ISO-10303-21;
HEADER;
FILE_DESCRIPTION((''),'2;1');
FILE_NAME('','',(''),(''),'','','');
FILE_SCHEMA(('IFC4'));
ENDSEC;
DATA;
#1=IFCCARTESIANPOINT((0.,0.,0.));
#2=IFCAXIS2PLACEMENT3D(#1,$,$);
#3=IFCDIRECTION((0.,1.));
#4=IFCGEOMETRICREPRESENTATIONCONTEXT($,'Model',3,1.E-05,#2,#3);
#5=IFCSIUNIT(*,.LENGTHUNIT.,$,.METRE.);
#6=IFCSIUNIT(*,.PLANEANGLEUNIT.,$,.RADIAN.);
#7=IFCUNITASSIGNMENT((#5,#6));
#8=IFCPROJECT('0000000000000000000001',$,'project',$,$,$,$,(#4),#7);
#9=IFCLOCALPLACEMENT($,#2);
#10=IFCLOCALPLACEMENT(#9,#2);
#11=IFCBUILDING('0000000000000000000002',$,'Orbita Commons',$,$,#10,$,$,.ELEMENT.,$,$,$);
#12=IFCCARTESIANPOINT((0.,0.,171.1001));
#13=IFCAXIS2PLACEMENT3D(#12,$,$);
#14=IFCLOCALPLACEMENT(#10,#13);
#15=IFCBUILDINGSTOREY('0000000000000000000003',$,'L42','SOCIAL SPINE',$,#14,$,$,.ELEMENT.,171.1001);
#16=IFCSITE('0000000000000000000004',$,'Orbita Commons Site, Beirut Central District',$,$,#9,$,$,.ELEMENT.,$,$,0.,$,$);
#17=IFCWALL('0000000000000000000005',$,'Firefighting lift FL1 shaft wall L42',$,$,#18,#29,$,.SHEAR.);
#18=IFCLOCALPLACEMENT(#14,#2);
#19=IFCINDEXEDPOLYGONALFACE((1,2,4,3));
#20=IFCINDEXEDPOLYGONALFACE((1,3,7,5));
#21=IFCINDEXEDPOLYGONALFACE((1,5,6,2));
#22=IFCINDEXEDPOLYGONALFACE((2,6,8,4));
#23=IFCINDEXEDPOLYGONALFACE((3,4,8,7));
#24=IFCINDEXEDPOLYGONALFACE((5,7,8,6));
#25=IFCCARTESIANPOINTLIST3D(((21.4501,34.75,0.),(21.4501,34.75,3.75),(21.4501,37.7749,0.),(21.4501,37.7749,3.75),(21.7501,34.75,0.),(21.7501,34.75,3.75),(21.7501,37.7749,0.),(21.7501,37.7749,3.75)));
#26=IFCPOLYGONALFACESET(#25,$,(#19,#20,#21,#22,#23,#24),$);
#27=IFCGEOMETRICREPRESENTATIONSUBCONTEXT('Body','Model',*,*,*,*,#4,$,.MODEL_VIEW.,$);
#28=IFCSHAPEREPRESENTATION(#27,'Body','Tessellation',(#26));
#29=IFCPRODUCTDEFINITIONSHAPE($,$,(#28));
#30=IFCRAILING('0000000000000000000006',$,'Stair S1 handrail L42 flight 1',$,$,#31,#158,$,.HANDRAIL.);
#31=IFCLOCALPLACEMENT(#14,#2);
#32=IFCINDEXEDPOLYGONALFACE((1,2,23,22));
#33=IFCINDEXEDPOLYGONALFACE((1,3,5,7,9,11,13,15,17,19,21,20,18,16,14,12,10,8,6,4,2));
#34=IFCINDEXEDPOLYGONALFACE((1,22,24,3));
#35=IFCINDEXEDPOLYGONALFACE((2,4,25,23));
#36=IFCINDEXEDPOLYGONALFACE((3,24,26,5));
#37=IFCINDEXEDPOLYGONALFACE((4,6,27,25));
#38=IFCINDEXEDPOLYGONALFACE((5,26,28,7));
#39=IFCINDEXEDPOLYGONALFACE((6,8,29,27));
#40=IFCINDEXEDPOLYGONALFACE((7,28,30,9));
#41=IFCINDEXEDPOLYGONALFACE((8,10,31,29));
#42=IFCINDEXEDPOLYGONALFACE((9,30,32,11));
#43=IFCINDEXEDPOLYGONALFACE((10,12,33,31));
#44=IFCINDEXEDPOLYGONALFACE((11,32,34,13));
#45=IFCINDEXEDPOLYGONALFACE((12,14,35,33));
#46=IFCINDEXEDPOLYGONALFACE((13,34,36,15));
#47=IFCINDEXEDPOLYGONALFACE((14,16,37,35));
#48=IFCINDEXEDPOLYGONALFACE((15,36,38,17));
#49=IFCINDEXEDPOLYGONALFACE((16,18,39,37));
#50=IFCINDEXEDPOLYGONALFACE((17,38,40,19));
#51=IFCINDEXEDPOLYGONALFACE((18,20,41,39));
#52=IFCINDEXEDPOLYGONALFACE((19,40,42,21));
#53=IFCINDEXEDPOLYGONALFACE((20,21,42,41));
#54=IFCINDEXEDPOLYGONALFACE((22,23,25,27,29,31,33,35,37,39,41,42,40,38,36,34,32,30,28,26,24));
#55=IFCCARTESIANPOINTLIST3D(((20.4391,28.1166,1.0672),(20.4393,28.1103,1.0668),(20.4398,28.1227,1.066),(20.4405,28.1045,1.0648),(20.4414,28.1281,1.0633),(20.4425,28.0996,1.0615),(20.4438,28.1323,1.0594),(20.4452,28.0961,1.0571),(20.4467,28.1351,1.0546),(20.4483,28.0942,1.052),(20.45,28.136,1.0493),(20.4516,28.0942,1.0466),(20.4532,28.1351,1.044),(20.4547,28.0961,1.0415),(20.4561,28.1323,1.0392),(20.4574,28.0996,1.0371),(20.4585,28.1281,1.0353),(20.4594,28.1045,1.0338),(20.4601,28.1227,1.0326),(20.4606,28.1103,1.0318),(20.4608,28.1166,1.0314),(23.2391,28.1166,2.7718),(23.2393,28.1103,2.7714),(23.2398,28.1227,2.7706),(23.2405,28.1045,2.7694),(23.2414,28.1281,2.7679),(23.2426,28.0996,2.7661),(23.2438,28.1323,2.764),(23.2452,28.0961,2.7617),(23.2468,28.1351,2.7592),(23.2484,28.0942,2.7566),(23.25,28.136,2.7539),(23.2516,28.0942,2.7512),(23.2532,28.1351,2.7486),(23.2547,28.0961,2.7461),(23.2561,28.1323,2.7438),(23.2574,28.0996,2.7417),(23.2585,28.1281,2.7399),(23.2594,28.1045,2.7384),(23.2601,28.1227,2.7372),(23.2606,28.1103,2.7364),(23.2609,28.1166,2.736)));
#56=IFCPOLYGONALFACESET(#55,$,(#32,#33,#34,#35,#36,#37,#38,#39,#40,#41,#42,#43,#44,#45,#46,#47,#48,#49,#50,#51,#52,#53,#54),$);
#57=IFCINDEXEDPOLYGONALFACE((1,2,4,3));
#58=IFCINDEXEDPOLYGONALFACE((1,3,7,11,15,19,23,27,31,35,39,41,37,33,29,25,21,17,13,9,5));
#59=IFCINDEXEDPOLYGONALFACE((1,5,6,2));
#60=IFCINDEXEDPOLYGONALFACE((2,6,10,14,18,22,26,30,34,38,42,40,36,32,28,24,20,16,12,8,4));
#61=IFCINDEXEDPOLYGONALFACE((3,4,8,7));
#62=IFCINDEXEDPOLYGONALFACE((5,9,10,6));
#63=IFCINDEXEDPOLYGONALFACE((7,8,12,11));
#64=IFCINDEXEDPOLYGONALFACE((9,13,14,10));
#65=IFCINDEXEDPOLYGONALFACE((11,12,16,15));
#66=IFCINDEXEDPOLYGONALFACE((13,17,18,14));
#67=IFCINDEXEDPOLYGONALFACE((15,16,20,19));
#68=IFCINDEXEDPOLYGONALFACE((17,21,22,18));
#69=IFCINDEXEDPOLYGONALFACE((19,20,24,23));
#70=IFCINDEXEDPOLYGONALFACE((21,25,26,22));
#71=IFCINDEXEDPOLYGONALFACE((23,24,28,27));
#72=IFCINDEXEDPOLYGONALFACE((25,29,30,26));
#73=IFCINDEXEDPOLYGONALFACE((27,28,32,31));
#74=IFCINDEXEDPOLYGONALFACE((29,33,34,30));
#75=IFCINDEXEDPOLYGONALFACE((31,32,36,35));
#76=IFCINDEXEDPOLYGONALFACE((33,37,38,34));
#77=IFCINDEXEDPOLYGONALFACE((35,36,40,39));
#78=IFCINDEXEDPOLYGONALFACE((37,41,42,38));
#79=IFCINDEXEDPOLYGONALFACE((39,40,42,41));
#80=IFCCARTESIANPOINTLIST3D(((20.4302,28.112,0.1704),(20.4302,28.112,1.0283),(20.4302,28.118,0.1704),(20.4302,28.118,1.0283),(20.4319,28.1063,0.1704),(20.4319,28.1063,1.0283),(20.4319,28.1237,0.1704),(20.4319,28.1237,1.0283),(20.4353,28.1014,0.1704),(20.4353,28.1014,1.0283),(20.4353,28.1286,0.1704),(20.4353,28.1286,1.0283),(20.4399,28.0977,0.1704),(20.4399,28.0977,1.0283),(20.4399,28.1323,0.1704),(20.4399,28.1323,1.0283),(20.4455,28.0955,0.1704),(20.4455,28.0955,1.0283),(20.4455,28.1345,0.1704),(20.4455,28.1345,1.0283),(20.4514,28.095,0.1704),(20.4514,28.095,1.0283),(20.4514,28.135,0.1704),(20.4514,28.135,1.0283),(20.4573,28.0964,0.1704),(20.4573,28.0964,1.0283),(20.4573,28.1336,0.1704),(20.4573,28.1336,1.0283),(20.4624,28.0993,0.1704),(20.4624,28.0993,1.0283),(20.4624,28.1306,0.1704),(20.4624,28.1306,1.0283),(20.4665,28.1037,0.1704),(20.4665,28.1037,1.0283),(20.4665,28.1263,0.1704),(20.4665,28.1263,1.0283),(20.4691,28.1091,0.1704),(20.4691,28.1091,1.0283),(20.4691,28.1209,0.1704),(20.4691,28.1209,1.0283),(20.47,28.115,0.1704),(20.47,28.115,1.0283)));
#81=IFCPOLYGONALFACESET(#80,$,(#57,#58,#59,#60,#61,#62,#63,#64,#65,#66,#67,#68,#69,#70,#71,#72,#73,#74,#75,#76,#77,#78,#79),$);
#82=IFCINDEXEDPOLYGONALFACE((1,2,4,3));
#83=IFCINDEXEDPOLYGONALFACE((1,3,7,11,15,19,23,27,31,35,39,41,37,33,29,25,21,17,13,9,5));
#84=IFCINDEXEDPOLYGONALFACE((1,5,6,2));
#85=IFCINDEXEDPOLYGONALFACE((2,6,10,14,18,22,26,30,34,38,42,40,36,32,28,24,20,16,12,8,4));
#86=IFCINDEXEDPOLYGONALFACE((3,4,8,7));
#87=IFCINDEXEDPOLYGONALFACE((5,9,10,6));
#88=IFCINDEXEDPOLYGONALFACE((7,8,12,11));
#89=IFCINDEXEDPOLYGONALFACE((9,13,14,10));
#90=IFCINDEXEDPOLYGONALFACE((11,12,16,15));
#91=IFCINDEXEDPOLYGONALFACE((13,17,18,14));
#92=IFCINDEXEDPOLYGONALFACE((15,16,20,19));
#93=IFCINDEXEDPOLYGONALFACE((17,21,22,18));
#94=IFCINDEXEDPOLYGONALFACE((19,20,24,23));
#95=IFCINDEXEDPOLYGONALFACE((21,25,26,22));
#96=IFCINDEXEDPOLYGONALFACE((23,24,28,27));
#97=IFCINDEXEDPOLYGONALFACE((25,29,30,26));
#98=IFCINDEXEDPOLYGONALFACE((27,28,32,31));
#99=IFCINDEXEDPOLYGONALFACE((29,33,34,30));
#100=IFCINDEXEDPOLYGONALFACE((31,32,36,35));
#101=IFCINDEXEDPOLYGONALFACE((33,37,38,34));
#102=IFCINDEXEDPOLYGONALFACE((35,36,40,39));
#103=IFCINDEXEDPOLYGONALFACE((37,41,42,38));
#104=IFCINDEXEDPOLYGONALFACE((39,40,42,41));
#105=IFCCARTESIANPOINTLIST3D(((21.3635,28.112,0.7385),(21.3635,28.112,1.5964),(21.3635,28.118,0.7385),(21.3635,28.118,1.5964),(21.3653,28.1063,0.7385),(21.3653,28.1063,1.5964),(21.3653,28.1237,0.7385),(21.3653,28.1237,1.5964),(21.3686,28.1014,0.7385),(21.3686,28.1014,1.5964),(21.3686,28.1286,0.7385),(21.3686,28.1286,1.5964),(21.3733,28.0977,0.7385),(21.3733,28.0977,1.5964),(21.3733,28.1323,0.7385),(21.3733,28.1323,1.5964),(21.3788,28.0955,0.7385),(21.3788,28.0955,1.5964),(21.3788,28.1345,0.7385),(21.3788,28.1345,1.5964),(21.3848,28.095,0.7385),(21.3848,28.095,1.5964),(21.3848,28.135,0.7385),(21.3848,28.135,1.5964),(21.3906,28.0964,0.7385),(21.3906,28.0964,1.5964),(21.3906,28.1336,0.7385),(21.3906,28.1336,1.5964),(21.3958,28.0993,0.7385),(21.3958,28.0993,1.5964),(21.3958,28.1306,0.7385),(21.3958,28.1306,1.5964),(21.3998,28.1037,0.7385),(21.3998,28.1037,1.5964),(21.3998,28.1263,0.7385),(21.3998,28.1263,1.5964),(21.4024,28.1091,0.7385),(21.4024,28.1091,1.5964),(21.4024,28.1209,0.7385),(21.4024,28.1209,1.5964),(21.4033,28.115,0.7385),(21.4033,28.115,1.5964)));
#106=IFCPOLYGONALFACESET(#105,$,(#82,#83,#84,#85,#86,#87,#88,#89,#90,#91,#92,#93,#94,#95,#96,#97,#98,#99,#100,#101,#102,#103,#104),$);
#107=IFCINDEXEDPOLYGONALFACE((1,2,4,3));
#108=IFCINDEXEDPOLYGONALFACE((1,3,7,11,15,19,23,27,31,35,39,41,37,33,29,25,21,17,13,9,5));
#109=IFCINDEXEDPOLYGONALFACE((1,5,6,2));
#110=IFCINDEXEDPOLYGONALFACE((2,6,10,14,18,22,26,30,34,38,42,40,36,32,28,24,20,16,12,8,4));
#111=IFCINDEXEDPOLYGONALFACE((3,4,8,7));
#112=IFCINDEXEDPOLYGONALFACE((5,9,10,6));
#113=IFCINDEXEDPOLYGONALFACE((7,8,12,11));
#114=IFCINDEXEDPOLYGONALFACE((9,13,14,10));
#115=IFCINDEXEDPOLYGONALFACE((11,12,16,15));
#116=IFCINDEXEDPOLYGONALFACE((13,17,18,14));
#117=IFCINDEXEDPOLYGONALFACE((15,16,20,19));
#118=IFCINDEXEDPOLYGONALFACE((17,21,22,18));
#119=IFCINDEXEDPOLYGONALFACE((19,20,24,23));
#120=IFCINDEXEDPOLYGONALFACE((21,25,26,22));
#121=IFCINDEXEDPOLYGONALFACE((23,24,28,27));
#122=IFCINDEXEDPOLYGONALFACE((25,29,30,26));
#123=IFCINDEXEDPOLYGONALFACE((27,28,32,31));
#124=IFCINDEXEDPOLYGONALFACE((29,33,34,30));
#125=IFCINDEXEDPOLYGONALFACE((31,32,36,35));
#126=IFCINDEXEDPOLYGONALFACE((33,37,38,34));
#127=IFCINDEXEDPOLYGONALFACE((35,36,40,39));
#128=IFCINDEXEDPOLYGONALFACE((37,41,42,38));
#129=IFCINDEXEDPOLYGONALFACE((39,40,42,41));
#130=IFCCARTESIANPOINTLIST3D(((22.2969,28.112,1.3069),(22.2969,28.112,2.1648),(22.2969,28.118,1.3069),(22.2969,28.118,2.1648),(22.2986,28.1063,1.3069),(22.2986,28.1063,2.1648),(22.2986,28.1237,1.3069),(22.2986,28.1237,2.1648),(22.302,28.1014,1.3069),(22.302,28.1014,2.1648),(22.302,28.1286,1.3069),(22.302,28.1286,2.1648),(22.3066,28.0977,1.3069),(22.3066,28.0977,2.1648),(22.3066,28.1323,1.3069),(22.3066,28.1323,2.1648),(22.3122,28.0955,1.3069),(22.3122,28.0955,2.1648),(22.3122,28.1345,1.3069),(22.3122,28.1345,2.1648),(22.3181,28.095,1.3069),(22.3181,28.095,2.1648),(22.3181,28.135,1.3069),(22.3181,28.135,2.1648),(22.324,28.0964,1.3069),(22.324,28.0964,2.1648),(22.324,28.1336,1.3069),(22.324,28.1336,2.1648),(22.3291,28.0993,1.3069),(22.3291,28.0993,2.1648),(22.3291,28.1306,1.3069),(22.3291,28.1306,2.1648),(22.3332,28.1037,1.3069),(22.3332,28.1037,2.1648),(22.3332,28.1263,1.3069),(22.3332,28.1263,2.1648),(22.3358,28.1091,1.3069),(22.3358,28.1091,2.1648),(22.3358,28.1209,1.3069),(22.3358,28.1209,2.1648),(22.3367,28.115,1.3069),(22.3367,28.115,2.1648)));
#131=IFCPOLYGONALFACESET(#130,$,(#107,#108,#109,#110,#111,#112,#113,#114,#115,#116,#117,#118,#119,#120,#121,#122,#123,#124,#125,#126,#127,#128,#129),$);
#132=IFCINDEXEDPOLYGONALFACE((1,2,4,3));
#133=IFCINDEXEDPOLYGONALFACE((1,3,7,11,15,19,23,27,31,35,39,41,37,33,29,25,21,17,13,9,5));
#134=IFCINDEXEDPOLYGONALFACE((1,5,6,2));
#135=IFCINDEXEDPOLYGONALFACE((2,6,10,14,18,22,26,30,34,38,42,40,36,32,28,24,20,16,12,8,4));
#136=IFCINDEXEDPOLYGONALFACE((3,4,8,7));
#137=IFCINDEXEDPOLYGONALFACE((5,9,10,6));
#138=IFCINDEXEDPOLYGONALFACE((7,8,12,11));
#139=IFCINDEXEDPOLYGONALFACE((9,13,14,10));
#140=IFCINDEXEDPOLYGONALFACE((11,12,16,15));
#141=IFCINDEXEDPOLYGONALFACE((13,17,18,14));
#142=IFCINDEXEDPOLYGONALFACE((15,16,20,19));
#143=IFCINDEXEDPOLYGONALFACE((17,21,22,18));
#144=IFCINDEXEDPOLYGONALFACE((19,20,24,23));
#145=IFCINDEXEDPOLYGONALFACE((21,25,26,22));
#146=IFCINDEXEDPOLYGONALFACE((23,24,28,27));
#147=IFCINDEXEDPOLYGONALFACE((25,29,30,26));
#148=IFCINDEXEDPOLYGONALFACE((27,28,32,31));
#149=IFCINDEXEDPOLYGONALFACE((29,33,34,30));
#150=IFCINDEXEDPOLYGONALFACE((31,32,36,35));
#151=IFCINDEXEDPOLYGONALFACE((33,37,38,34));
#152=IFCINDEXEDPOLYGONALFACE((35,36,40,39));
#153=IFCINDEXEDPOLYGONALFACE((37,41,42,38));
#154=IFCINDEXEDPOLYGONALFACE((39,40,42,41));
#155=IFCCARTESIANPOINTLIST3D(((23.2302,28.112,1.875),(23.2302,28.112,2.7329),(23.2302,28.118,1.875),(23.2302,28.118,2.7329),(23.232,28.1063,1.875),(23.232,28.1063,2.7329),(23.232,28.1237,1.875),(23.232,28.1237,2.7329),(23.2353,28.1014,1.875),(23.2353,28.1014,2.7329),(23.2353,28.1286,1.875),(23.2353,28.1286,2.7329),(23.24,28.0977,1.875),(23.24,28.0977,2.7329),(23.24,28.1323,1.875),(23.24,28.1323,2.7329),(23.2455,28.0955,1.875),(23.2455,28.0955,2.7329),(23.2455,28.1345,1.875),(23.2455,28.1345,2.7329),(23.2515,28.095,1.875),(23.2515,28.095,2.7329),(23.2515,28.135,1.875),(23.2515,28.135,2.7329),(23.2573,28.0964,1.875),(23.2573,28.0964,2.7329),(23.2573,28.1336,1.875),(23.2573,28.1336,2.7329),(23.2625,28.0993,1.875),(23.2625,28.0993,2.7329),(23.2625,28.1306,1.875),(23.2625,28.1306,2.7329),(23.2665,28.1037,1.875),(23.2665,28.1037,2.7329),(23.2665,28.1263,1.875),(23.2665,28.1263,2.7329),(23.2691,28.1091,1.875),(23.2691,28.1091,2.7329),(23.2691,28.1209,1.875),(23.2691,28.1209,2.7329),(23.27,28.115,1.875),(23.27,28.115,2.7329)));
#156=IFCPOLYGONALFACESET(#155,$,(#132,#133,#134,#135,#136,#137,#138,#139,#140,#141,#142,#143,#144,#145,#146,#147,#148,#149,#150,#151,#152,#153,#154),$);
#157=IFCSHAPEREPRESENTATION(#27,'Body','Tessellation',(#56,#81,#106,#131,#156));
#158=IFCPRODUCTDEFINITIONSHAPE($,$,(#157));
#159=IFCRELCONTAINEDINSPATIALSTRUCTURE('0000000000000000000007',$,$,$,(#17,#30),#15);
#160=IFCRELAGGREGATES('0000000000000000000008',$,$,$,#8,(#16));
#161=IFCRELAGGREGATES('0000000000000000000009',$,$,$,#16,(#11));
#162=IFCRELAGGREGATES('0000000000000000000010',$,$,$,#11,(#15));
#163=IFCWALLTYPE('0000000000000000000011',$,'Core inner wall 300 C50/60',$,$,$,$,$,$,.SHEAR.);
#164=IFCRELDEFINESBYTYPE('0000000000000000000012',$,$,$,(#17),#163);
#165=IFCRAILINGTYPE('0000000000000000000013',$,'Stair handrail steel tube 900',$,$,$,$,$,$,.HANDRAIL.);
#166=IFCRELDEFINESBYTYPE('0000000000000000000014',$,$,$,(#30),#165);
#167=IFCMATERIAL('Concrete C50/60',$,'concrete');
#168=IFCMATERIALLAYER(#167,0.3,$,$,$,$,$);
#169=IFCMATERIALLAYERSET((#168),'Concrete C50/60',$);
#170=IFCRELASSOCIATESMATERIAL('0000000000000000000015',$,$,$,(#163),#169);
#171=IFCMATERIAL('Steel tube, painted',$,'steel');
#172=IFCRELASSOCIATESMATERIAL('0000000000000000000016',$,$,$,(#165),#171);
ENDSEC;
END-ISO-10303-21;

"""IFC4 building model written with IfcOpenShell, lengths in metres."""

from ifc_helpers import new_model, si_unit, direction, frame, frame_2d, origin, origin_2d, place, context, subcontext, project, spatial, rectangle, circle, extrude, material, layer, layer_set, type_object, element, save


model = new_model("IFC4")

# Units and contexts
model_context = context("Model", 3, precision=1e-05, world=origin(), true_north=direction((0.0, 1.0)))
body_context = subcontext(model_context, "Body", "Model", "MODEL_VIEW")
ifc_project = project(units=[si_unit("LENGTHUNIT", "METRE"), si_unit("PLANEANGLEUNIT", "RADIAN")], contexts=[model_context])

# Site, building, storey
site_placement = place(None, origin())
site = spatial("IfcSite", under=ifc_project, at=site_placement, Name="Orbita Commons Site, Beirut Central District", CompositionType="ELEMENT", RefElevation=0.0)
building_placement = place(site_placement, origin())
building = spatial("IfcBuilding", under=site, at=building_placement, Name="Orbita Commons", CompositionType="ELEMENT")
storey_placement = place(building_placement, frame((0.0, 0.0, 171.1001)))
storey = spatial("IfcBuildingStorey", under=building, at=storey_placement, Name="L42", Description="SOCIAL SPINE", CompositionType="ELEMENT", Elevation=171.1001)

# Shared definitions
ifc_material_1 = material(Name="Concrete C50/60", Category="concrete")
ifc_layer = layer(ifc_material_1, 0.3)
ifc_layer_set = layer_set([ifc_layer], Name="Concrete C50/60")
wall_type = type_object("IfcWallType", Name="Core inner wall 300 C50/60", PredefinedType="SHEAR", material=ifc_layer_set)

# Wall
wall_1_placement = place(storey_placement, frame((21.6001, 34.75, 0.0), z_axis=(0.0, 0.0, 1.0), x_axis=(0.0, 1.0, 0.0)))
element("IfcWall", 1, at=wall_1_placement, inside=storey, type_object=wall_type, Name="Firefighting lift FL1 shaft wall L42", PredefinedType="SHEAR", context=body_context, shape_type="SweptSolid", body=[
    extrude(rectangle(XDim=3.0249, YDim=0.3, at=frame_2d((1.5125, 0.0))), origin(), (0.0, 0.0, 1.0), 3.75),
])

# Railing
ifc_material_2 = material(Name="Steel tube, painted", Category="steel")
railing_type = type_object("IfcRailingType", Name="Stair handrail steel tube 900", PredefinedType="HANDRAIL", material=ifc_material_2)
for number, where, name in (
    (2, (20.45, 28.115, 0.1704), "Stair S1 handrail L42 flight 1"),
):
    element("IfcRailing", number, at=place(storey_placement, frame(where)), inside=storey, type_object=railing_type, Name=name, PredefinedType="HANDRAIL", context=body_context, shape_type="SweptSolid", body=[
        extrude(circle(Radius=0.021, at=origin_2d()), frame((0.0, 0.0, 0.8789), z_axis=(0.85417, 0.0, 0.519994), x_axis=(0.0, 1.0, 0.0)), (0.0, 0.0, 1.0), 3.2781),
        extrude(circle(Radius=0.02, at=origin_2d()), origin(), (0.0, 0.0, 1.0), 0.8579),
        extrude(circle(Radius=0.02, at=origin_2d()), frame((0.9333, 0.0, 0.5681)), (0.0, 0.0, 1.0), 0.8579),
        extrude(circle(Radius=0.02, at=origin_2d()), frame((1.8667, 0.0, 1.1365)), (0.0, 0.0, 1.0), 0.8579),
        extrude(circle(Radius=0.02, at=origin_2d()), frame((2.8, 0.0, 1.7046)), (0.0, 0.0, 1.0), 0.8579),
    ])

save(model, "model.ifc")
